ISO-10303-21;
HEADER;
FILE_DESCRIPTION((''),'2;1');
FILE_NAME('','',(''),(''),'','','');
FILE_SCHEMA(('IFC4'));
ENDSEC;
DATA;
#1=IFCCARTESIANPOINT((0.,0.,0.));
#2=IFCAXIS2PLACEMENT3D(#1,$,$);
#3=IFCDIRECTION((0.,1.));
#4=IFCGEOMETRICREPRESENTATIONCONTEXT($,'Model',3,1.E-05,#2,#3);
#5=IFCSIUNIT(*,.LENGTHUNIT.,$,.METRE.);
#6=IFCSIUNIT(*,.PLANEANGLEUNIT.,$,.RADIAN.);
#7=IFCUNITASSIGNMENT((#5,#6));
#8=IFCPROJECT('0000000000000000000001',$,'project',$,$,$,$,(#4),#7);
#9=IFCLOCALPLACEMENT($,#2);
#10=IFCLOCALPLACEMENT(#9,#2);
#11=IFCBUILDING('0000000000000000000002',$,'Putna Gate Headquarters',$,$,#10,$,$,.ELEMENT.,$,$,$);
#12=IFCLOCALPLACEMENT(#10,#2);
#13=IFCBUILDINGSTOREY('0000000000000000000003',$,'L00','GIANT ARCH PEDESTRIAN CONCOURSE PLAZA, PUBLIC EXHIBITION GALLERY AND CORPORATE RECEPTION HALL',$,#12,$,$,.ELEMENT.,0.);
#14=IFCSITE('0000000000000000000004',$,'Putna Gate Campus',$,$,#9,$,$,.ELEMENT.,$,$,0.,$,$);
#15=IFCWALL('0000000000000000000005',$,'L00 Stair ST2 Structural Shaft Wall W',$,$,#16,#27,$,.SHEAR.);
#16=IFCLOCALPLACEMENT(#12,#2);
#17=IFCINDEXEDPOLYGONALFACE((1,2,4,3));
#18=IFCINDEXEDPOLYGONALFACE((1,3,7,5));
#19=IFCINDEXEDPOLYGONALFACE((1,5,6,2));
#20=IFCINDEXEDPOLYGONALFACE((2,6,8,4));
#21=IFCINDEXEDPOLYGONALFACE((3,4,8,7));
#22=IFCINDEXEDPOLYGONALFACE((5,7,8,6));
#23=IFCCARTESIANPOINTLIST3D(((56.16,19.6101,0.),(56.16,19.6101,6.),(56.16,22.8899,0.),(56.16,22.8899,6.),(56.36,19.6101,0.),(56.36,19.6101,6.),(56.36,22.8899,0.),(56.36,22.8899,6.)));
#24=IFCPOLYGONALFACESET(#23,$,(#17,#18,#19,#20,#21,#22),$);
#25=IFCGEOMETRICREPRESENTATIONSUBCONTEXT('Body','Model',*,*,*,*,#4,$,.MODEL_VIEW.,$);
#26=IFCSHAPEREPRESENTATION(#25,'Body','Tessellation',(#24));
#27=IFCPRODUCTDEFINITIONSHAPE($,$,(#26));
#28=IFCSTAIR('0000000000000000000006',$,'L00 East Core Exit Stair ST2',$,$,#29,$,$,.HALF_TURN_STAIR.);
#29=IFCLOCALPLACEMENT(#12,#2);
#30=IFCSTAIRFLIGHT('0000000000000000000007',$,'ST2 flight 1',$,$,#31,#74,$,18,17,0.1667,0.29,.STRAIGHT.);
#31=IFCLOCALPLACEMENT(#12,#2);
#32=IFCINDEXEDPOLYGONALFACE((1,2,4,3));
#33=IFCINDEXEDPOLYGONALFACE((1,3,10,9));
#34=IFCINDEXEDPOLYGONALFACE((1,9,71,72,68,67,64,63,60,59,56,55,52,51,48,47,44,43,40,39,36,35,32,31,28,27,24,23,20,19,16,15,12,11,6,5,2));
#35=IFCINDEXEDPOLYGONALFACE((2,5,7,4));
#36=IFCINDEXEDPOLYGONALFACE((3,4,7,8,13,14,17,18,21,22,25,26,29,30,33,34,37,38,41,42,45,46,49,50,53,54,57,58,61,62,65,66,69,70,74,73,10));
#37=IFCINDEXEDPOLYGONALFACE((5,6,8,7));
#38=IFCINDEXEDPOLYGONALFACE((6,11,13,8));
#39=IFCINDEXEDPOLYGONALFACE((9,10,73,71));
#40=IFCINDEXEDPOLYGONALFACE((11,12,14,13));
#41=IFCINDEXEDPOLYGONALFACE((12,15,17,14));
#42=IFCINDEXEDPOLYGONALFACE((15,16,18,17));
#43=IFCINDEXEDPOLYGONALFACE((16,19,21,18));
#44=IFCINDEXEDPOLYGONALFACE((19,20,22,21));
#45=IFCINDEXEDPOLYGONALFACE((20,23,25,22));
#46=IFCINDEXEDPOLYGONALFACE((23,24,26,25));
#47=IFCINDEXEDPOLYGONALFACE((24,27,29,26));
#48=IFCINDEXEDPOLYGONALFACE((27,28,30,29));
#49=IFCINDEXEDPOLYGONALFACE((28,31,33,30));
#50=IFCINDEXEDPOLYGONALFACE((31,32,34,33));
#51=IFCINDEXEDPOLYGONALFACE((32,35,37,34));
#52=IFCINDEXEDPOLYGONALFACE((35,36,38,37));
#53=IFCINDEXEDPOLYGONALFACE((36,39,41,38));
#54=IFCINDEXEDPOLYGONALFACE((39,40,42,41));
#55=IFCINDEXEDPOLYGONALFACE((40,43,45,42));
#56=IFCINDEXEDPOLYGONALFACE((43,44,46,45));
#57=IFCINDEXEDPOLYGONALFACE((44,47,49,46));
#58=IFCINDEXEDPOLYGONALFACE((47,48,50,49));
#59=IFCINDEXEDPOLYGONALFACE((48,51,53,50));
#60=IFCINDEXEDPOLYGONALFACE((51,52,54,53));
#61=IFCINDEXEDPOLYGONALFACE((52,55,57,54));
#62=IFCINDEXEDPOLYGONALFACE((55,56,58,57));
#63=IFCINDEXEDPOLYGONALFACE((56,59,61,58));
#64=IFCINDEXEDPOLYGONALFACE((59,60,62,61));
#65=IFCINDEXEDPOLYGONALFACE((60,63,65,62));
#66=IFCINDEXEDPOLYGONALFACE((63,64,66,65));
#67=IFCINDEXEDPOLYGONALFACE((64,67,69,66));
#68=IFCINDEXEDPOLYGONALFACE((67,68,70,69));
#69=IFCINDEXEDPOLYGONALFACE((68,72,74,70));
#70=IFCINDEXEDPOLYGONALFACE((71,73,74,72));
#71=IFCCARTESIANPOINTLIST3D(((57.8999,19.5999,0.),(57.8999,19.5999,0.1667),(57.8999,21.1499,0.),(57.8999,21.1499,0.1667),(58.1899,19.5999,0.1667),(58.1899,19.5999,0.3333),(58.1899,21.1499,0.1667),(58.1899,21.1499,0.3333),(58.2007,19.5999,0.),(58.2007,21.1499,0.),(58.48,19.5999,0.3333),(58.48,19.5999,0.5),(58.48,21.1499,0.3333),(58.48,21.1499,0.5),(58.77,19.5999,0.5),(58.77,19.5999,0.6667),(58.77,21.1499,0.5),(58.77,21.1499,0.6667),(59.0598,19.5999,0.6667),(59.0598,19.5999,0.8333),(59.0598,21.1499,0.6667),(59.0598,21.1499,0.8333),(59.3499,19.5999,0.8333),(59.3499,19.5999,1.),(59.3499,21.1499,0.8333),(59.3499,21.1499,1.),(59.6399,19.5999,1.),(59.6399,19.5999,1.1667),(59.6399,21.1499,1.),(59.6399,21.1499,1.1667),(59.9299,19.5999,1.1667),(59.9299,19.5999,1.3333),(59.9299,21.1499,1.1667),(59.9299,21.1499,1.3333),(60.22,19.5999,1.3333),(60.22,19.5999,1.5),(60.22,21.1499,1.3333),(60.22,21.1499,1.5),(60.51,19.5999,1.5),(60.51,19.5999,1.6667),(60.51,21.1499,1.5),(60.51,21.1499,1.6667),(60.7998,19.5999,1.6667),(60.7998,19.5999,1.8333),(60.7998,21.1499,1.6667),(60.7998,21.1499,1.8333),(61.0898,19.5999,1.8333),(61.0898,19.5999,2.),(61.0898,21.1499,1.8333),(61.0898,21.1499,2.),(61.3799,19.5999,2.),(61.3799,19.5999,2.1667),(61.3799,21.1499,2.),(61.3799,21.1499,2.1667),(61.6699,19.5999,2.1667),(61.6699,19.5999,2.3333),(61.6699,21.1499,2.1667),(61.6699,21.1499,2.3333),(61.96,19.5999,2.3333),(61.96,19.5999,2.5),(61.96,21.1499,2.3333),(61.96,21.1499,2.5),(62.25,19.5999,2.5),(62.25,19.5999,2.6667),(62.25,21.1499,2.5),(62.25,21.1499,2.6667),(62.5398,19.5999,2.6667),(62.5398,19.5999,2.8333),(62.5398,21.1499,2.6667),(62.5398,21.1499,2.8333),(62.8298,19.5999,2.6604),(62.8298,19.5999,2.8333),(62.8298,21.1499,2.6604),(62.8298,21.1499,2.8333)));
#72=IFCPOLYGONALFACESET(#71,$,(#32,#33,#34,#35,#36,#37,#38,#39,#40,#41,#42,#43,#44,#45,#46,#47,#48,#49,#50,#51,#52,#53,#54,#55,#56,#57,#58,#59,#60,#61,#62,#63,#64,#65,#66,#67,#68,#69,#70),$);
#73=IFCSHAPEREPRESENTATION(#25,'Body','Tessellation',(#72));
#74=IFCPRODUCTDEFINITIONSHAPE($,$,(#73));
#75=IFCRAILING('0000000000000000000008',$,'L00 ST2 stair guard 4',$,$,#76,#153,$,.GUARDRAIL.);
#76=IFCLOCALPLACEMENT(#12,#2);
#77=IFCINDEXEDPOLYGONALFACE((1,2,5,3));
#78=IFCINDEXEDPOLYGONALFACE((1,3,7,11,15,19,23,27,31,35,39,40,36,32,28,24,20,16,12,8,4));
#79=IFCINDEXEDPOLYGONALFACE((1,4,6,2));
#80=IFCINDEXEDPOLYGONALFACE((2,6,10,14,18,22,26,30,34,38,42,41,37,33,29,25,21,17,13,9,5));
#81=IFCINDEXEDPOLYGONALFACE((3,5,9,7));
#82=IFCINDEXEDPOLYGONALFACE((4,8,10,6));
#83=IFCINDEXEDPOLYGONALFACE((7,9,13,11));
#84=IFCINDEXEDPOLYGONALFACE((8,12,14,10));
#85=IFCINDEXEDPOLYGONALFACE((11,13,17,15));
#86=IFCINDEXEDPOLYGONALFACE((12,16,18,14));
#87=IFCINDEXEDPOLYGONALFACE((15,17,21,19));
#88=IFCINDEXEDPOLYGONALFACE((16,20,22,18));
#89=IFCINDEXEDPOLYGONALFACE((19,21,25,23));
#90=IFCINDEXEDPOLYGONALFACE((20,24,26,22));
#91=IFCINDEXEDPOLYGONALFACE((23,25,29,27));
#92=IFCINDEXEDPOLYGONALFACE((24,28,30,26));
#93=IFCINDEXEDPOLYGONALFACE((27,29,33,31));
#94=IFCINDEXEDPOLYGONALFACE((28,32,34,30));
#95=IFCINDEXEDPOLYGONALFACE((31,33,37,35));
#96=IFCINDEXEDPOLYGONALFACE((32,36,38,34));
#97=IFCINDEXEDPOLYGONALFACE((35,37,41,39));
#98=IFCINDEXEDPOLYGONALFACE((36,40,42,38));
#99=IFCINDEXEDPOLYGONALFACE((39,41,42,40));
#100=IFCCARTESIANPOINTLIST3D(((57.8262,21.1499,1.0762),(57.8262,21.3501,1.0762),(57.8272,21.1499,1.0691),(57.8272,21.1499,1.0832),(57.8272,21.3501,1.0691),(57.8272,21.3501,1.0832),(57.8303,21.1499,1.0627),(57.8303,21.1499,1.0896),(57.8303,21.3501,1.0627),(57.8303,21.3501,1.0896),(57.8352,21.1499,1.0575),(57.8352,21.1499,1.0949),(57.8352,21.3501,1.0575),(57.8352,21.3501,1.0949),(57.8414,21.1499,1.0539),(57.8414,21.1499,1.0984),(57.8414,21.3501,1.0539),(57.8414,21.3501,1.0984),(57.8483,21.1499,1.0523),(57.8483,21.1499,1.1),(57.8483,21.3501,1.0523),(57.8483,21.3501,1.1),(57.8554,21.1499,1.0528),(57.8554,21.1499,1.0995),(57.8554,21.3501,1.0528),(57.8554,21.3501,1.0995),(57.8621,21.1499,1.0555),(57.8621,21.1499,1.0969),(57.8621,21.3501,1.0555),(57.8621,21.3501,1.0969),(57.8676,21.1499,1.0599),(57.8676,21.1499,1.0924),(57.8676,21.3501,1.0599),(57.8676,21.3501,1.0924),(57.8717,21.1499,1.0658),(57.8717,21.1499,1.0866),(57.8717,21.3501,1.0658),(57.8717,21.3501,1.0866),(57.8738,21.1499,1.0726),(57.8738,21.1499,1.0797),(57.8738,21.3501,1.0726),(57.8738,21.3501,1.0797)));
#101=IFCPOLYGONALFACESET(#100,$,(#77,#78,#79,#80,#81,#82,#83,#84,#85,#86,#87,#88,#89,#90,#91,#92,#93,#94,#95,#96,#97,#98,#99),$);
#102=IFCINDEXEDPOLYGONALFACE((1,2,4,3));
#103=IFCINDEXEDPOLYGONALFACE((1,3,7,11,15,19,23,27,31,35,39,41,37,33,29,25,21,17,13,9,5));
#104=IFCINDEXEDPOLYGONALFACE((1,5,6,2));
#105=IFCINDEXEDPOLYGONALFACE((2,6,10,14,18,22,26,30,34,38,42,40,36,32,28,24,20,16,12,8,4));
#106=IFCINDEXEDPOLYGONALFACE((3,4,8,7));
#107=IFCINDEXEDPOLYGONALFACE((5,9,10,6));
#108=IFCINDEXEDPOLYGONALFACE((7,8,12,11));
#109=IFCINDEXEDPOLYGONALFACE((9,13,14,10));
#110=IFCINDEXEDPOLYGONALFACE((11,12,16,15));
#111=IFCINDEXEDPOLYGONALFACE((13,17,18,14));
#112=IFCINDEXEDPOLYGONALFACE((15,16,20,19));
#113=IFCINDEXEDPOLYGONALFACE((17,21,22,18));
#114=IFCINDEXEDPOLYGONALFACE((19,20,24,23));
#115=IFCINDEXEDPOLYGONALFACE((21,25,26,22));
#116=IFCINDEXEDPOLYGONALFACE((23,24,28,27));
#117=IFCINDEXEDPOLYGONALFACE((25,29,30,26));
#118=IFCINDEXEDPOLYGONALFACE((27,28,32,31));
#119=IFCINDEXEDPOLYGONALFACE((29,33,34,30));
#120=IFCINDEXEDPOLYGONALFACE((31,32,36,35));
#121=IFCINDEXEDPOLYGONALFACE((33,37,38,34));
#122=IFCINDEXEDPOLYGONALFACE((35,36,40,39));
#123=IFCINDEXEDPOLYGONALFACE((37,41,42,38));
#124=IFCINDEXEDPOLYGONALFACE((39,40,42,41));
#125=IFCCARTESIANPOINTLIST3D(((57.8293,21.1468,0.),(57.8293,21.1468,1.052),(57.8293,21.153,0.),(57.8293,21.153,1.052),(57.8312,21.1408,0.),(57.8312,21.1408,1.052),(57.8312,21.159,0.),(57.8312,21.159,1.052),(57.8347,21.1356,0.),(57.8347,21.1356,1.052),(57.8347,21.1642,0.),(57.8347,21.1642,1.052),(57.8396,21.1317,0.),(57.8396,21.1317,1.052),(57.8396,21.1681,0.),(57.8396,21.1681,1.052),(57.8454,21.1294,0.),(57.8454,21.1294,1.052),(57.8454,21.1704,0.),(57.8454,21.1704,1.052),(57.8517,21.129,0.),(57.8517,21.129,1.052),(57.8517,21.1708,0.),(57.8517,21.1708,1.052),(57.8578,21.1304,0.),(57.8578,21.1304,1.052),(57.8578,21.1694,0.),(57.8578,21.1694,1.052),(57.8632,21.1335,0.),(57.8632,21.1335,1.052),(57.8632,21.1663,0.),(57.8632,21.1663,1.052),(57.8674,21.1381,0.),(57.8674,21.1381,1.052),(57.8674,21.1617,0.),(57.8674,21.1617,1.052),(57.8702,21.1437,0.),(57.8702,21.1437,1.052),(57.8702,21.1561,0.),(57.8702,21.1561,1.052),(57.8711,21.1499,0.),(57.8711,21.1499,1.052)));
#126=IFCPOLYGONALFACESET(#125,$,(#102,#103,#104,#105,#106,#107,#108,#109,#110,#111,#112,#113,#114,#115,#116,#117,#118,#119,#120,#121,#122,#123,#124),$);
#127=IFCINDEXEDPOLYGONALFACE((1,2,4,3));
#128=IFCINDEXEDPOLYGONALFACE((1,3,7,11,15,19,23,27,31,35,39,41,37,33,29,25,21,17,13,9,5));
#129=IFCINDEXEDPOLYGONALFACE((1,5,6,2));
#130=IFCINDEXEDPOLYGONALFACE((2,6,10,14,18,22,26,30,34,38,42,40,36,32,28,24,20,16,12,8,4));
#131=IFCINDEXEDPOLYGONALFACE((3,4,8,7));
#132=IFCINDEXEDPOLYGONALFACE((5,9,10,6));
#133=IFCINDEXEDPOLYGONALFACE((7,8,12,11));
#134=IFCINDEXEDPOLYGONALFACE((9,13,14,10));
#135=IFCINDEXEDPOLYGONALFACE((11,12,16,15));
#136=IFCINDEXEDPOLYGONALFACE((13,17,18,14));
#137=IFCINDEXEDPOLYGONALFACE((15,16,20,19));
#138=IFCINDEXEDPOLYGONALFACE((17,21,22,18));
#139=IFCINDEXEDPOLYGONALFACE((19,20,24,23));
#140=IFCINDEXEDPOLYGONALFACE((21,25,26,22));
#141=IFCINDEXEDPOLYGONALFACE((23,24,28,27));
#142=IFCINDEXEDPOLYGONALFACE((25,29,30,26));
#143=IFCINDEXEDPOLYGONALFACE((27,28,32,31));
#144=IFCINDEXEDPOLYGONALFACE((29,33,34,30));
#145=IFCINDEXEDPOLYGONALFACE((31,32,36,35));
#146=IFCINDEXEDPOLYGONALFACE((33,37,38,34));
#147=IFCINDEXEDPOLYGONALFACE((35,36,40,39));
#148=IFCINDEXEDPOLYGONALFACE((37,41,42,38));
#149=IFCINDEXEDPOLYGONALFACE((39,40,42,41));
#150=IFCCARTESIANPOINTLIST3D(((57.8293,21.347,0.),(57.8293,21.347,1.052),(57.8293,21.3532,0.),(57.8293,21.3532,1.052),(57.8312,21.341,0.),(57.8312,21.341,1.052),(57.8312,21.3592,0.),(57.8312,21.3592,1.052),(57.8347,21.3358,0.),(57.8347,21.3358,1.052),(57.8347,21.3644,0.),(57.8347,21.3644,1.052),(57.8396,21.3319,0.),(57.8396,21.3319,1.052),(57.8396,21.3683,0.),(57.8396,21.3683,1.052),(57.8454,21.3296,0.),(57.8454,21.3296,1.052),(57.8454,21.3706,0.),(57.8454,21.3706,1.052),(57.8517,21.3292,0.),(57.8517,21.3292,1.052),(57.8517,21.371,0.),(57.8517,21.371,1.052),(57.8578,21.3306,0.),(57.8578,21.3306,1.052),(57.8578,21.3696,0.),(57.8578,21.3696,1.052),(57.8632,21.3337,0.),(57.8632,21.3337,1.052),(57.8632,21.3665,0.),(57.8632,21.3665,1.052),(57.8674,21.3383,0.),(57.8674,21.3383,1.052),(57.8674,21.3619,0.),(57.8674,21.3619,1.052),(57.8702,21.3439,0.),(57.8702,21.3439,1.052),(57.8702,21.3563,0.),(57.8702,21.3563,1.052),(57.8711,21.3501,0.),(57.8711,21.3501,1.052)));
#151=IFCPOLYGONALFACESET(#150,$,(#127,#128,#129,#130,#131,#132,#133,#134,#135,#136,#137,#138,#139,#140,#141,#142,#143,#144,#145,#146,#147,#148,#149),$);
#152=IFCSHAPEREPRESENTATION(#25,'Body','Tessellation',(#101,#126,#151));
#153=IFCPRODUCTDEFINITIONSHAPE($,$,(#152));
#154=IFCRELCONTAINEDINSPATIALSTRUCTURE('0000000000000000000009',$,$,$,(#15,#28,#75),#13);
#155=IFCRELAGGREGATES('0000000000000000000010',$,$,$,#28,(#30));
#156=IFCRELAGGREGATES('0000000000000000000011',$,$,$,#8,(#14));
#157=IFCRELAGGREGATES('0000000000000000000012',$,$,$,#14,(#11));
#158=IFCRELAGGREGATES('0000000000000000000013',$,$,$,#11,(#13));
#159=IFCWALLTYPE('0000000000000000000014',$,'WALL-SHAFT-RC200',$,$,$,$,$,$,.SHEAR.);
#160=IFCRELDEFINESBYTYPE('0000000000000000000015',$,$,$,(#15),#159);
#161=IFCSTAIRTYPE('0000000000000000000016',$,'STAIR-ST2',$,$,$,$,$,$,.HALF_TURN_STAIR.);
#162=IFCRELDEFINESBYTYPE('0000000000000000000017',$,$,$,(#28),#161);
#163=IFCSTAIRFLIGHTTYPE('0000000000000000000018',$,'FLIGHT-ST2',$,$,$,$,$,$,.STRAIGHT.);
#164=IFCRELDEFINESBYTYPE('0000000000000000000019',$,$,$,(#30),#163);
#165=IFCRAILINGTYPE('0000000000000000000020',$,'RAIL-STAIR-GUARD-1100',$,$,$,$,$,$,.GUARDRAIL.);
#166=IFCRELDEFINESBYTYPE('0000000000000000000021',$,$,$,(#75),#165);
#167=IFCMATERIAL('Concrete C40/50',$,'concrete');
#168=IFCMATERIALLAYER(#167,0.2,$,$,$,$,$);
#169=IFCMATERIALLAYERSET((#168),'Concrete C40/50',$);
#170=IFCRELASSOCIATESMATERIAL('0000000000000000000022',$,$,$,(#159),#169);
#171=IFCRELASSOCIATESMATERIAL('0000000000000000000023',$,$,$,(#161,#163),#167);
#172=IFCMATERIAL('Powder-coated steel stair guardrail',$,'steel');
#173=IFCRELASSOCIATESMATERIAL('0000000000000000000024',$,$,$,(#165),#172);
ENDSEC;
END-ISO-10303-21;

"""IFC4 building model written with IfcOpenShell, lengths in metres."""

from ifc_helpers import new_model, si_unit, direction, frame, frame_2d, origin, origin_2d, place, context, subcontext, project, spatial, polyline, rectangle, circle, outline, extrude, material, layer, layer_set, type_object, element, aggregate, save


model = new_model("IFC4")

# Units and contexts
model_context = context("Model", 3, precision=1e-05, world=origin(), true_north=direction((0.0, 1.0)))
body_context = subcontext(model_context, "Body", "Model", "MODEL_VIEW")
ifc_project = project(units=[si_unit("LENGTHUNIT", "METRE"), si_unit("PLANEANGLEUNIT", "RADIAN")], contexts=[model_context])

# Site, building, storey
site_placement = place(None, origin())
site = spatial("IfcSite", under=ifc_project, at=site_placement, Name="Putna Gate Campus", CompositionType="ELEMENT", RefElevation=0.0)
building_placement = place(site_placement, origin())
building = spatial("IfcBuilding", under=site, at=building_placement, Name="Putna Gate Headquarters", CompositionType="ELEMENT")
storey_placement = place(building_placement, origin())
storey = spatial("IfcBuildingStorey", under=building, at=storey_placement, Name="L00", Description="GIANT ARCH PEDESTRIAN CONCOURSE PLAZA, PUBLIC EXHIBITION GALLERY AND CORPORATE RECEPTION HALL", CompositionType="ELEMENT", Elevation=0.0)

# Shared definitions
ifc_material_1 = material(Name="Concrete C40/50", Category="concrete")

# Shared definitions
ifc_layer_1 = layer(ifc_material_1, 0.2)
ifc_layer_set_1 = layer_set([ifc_layer_1], Name="Concrete C40/50")
wall_type_1 = type_object("IfcWallType", Name="WALL-SHAFT-RC200", PredefinedType="SHEAR", material=ifc_layer_set_1)

# Wall
wall_1_placement = place(storey_placement, frame((56.26, 19.6101, 0.0), z_axis=(0.0, 0.0, 1.0), x_axis=(0.0, 1.0, 0.0)))
element("IfcWall", 1, at=wall_1_placement, inside=storey, type_object=wall_type_1, Name="L00 Stair ST2 Structural Shaft Wall W", PredefinedType="SHEAR", context=body_context, shape_type="SweptSolid", body=[
    extrude(rectangle(XDim=3.2798, YDim=0.2, at=frame_2d((1.6399, 0.0))), origin(), (0.0, 0.0, 1.0), 6.0),
])

# Stair, stair flight
stair_type = type_object("IfcStairType", Name="STAIR-ST2", PredefinedType="HALF_TURN_STAIR", material=ifc_material_1)
stair_placement = place(storey_placement, origin())
stair = element("IfcStair", 2, at=stair_placement, inside=storey, type_object=stair_type, Name="L00 East Core Exit Stair ST2", PredefinedType="HALF_TURN_STAIR")
stair_flight_type = type_object("IfcStairFlightType", Name="FLIGHT-ST2", PredefinedType="STRAIGHT", material=ifc_material_1)
stair_flight_placement = place(storey_placement, frame((57.8999, 20.375, 0.0), z_axis=(0.0, 0.0, 1.0), x_axis=(1.0, 0.0, 0.0)))
stair_flight = element("IfcStairFlight", 3, at=stair_flight_placement, type_object=stair_flight_type, Name="ST2 flight 1", NumberOfRisers=18, NumberOfTreads=17, PredefinedType="STRAIGHT", RiserHeight=0.1667, TreadLength=0.29, context=body_context, shape_type="SweptSolid", body=[
    extrude(outline(polyline([(0.0, 0.0), (0.0, 0.1667), (0.29, 0.1667), (0.29, 0.3333), (0.5801, 0.3333), (0.5801, 0.5), (0.8701, 0.5), (0.8701, 0.6667), (1.1599, 0.6667), (1.1599, 0.8333), (1.45, 0.8333), (1.45, 1.0), (1.74, 1.0), (1.74, 1.1667), (2.03, 1.1667), (2.03, 1.3333), (2.3201, 1.3333), (2.3201, 1.5), (2.6101, 1.5), (2.6101, 1.6667), (2.8999, 1.6667), (2.8999, 1.8333), (3.1899, 1.8333), (3.1899, 2.0), (3.48, 2.0), (3.48, 2.1667), (3.77, 2.1667), (3.77, 2.3333), (4.0601, 2.3333), (4.0601, 2.5), (4.3501, 2.5), (4.3501, 2.6667), (4.6399, 2.6667), (4.6399, 2.8333), (4.9299, 2.8333), (4.9299, 3.0), (4.9299, 2.6604), (0.3008, 0.0), (0.0, 0.0)])), frame((0.0, 0.7749, 0.0), z_axis=(0.0, -1.0, 0.0), x_axis=(1.0, 0.0, 0.0)), (0.0, 0.0, 1.0), 1.55),
])
aggregate(stair, [stair_flight])

# Railing
ifc_material_2 = material(Name="Powder-coated steel stair guardrail", Category="steel")
railing_type_1 = type_object("IfcRailingType", Name="RAIL-STAIR-GUARD-1100", PredefinedType="GUARDRAIL", material=ifc_material_2)
railing_1_placement = place(storey_placement, frame((57.8501, 21.1499, 0.0)))
element("IfcRailing", 4, at=railing_1_placement, inside=storey, type_object=railing_type_1, Name="L00 ST2 stair guard 4", PredefinedType="GUARDRAIL", context=body_context, shape_type="SweptSolid", body=[
    extrude(circle(Radius=0.0239, at=origin_2d()), frame((0.0, 0.0, 1.0762), z_axis=(0.0, 1.0, 0.0), x_axis=(-1.0, 0.0, 0.0)), (0.0, 0.0, 1.0), 0.2002),
    extrude(circle(Radius=0.021, at=origin_2d()), origin(), (0.0, 0.0, 1.0), 1.052),
    extrude(circle(Radius=0.021, at=origin_2d()), frame((0.0, 0.2002, 0.0)), (0.0, 0.0, 1.0), 1.052),
])

save(model, "model.ifc")
